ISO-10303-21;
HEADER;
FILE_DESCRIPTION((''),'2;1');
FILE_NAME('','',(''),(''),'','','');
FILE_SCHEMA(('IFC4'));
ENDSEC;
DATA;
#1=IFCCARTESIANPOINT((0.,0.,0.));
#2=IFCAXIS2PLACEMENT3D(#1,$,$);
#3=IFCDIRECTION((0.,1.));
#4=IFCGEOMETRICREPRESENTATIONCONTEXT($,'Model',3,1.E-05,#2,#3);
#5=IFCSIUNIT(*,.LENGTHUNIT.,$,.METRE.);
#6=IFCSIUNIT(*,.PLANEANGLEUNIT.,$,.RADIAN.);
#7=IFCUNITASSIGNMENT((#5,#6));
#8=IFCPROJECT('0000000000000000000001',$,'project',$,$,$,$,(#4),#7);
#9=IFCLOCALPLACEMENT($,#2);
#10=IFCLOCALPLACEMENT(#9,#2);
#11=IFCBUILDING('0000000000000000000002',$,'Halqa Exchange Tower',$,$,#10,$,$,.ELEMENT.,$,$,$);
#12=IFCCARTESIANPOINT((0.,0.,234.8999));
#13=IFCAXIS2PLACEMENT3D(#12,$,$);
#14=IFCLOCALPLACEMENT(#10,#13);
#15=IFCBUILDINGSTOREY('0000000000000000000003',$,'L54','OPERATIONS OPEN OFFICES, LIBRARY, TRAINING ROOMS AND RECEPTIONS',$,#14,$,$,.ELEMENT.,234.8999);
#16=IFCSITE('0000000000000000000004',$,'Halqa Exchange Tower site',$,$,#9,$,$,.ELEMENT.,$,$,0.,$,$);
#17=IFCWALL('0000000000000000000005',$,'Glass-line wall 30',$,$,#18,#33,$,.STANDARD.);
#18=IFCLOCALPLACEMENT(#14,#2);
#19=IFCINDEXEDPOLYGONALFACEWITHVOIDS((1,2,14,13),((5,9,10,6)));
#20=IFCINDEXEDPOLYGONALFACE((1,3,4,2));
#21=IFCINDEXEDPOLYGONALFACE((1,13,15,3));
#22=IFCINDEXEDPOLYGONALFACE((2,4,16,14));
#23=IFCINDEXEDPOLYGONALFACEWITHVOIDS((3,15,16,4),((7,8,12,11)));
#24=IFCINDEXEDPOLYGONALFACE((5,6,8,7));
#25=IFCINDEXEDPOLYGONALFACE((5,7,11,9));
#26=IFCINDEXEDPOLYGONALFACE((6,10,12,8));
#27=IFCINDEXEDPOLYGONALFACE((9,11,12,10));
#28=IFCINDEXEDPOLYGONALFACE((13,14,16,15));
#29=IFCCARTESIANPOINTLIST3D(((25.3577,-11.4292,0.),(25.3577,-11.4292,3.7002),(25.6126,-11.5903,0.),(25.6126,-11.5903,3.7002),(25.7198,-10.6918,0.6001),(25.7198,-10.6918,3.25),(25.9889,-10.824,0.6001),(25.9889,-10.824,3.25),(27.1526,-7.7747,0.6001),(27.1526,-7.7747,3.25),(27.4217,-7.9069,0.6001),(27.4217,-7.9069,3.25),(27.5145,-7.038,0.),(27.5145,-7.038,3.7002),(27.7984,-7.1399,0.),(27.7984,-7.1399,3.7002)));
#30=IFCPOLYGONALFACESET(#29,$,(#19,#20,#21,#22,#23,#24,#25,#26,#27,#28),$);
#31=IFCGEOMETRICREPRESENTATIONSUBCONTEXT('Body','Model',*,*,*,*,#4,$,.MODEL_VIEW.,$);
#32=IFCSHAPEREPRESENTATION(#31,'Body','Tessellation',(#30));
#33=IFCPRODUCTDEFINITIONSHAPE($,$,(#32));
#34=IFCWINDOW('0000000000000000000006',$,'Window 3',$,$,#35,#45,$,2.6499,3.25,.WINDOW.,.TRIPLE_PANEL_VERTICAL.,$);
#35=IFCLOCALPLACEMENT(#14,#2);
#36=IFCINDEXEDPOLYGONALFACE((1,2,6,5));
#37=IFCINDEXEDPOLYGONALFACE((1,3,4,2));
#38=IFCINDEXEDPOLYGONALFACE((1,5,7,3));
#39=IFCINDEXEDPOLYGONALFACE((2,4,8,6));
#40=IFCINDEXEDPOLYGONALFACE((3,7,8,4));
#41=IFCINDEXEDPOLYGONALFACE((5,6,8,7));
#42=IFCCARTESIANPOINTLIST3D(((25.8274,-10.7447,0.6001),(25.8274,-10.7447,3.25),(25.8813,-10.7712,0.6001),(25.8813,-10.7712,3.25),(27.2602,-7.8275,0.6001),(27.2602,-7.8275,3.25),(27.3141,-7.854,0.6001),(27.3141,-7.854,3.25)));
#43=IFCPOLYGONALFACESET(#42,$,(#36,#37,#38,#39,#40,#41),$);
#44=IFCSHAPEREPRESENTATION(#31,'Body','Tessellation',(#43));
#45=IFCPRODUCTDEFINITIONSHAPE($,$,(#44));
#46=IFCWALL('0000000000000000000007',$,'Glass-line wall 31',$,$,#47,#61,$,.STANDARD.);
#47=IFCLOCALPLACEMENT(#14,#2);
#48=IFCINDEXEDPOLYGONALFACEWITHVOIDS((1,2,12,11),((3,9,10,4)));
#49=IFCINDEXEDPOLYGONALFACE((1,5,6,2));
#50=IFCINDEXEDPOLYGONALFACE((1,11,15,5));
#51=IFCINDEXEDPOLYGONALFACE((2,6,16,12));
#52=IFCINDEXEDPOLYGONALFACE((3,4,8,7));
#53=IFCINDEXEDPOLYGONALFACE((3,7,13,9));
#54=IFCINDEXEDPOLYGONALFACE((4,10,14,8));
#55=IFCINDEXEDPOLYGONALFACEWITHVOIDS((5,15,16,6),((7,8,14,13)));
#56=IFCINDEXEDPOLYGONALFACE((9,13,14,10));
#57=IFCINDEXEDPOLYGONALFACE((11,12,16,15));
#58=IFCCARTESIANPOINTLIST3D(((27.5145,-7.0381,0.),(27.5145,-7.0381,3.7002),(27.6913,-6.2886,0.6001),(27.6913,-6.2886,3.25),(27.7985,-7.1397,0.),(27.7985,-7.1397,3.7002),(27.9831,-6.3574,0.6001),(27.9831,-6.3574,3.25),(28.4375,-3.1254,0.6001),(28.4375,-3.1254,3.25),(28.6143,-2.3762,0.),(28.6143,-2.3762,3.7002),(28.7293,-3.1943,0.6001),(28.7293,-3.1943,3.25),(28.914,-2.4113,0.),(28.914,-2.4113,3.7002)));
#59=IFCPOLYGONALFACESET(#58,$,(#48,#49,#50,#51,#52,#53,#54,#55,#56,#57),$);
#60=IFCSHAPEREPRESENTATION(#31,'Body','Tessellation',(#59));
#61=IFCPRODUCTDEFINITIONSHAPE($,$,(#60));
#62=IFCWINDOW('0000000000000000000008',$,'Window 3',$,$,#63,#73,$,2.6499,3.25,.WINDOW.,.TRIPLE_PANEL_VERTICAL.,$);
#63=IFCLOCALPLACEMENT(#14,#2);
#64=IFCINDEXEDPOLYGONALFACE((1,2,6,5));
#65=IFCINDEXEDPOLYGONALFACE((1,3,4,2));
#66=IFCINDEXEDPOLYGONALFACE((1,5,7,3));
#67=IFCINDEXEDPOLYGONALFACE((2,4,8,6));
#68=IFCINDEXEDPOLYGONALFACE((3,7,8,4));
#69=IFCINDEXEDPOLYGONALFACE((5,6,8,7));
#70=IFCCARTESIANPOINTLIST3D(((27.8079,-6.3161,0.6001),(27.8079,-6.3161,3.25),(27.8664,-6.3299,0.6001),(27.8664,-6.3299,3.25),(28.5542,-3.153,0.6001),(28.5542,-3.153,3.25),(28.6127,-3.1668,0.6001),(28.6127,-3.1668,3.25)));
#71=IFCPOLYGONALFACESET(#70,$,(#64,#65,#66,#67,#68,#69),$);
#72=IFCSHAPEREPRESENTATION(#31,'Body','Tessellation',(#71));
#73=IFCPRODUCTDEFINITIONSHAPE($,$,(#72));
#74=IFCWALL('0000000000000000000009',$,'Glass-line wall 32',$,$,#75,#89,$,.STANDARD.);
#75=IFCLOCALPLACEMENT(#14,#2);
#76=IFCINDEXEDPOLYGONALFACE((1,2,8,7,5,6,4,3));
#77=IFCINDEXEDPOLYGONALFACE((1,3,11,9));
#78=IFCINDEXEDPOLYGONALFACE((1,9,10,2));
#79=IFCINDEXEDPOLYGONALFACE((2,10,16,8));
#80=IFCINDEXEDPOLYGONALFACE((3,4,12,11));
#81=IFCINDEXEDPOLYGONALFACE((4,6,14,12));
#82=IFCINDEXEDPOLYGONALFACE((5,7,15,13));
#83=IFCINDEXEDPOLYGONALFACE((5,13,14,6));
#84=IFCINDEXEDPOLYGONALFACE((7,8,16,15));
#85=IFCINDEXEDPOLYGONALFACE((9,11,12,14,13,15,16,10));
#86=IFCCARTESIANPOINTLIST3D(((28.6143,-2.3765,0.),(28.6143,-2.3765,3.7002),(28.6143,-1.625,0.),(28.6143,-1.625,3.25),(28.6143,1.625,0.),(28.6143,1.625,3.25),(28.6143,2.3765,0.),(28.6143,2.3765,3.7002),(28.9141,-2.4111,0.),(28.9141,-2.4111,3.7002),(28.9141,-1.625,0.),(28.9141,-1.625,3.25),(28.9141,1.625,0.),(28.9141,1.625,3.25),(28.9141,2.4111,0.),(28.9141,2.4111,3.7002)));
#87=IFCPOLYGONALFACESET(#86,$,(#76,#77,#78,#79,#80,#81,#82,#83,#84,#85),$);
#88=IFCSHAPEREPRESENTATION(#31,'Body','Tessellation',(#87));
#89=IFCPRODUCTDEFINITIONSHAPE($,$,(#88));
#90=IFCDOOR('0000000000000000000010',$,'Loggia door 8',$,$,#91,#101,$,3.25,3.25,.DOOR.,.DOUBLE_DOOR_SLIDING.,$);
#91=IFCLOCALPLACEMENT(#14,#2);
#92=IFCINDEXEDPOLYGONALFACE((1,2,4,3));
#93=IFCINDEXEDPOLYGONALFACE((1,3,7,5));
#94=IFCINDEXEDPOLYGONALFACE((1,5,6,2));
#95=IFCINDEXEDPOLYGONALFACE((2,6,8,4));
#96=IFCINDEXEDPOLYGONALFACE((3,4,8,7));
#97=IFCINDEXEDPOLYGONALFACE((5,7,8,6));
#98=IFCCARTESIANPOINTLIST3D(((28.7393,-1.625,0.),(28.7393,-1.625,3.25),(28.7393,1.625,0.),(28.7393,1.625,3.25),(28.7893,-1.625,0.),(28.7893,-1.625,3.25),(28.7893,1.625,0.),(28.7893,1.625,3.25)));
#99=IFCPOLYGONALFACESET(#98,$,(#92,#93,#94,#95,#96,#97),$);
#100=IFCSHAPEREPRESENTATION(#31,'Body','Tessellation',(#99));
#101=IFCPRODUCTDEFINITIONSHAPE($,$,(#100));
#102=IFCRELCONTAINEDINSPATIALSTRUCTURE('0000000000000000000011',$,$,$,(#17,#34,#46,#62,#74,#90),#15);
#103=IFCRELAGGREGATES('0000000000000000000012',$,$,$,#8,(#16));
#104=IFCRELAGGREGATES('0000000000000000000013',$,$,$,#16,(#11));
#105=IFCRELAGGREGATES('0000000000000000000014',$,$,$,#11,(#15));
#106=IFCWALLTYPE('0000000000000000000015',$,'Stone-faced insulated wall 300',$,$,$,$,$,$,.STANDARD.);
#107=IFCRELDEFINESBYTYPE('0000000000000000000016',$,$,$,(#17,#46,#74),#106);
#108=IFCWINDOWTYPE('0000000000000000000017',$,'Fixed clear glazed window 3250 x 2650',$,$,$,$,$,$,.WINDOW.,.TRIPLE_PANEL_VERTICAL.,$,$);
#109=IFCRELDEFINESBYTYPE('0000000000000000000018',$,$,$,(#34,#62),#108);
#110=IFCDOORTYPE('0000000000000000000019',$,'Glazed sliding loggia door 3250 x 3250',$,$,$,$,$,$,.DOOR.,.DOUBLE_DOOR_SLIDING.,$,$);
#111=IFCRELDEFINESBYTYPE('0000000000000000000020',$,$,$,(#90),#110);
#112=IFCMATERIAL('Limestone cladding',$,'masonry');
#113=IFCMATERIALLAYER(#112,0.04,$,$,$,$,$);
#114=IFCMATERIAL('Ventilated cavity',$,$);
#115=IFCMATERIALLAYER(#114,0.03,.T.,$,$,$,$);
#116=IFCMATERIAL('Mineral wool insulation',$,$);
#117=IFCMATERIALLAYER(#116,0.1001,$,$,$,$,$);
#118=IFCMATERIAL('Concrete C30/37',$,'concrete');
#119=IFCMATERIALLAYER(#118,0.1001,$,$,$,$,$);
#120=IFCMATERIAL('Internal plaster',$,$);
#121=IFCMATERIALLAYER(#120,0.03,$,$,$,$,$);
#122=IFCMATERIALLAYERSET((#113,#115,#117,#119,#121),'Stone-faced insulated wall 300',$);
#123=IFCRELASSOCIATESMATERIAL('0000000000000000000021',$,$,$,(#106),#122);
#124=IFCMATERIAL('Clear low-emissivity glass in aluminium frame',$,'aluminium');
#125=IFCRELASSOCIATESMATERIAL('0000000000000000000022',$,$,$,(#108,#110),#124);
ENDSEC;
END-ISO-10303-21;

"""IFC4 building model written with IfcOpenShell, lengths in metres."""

from ifc_helpers import new_model, si_unit, direction, frame, frame_2d, origin, place, context, subcontext, project, spatial, polyline, rectangle, outline, extrude, material, layer, layer_set, type_object, element, fill, save


model = new_model("IFC4")

# Units and contexts
model_context = context("Model", 3, precision=1e-05, world=origin(), true_north=direction((0.0, 1.0)))
body_context = subcontext(model_context, "Body", "Model", "MODEL_VIEW")
ifc_project = project(units=[si_unit("LENGTHUNIT", "METRE"), si_unit("PLANEANGLEUNIT", "RADIAN")], contexts=[model_context])

# Site, building, storey
site_placement = place(None, origin())
site = spatial("IfcSite", under=ifc_project, at=site_placement, Name="Halqa Exchange Tower site", CompositionType="ELEMENT", RefElevation=0.0)
building_placement = place(site_placement, origin())
building = spatial("IfcBuilding", under=site, at=building_placement, Name="Halqa Exchange Tower", CompositionType="ELEMENT")
storey_placement = place(building_placement, frame((0.0, 0.0, 234.8999)))
storey = spatial("IfcBuildingStorey", under=building, at=storey_placement, Name="L54", Description="OPERATIONS OPEN OFFICES, LIBRARY, TRAINING ROOMS AND RECEPTIONS", CompositionType="ELEMENT", Elevation=234.8999)

# Walls, openings, windows
ifc_material_1 = material(Name="Limestone cladding", Category="masonry")
ifc_layer_1 = layer(ifc_material_1, 0.04)
ifc_material_2 = material(Name="Ventilated cavity")
ifc_layer_2 = layer(ifc_material_2, 0.03, ventilated=True)
ifc_material_3 = material(Name="Mineral wool insulation")
ifc_layer_3 = layer(ifc_material_3, 0.1001)
ifc_material_4 = material(Name="Concrete C30/37", Category="concrete")
ifc_layer_4 = layer(ifc_material_4, 0.1001)
ifc_material_5 = material(Name="Internal plaster")
ifc_layer_5 = layer(ifc_material_5, 0.03)
ifc_layer_set_1 = layer_set([ifc_layer_1, ifc_layer_2, ifc_layer_3, ifc_layer_4, ifc_layer_5], Name="Stone-faced insulated wall 300")
wall_type_1 = type_object("IfcWallType", Name="Stone-faced insulated wall 300", PredefinedType="STANDARD", material=ifc_layer_set_1)
wall_1_placement = place(storey_placement, frame((25.4851, -11.5098, 0.0), z_axis=(0.0, 0.0, 1.0), x_axis=(0.440858, 0.897577, 0.0)))
wall_1 = element("IfcWall", 1, at=wall_1_placement, inside=storey, type_object=wall_type_1, Name="Glass-line wall 30", PredefinedType="STANDARD", context=body_context, shape_type="SweptSolid", body=[
    extrude(outline(polyline([(-0.0161, -0.1499), (4.9421, -0.1499), (4.9084, 0.1499), (0.0161, 0.1499), (-0.0161, -0.1499)])), origin(), (0.0, 0.0, 1.0), 3.7002),
])
opening_1_placement = place(wall_1_placement, frame((0.8376, 0.0, 0.6001)))
opening_1 = element("IfcOpeningElement", 2, at=opening_1_placement, cuts=wall_1, PredefinedType="OPENING", context=body_context, shape_type="SweptSolid", body=[
    extrude(rectangle(XDim=3.25, YDim=2.6499, at=frame_2d((1.625, 1.325))), frame((0.0, 0.1621, 0.0), z_axis=(0.0, -1.0, 0.0), x_axis=(1.0, 0.0, 0.0)), (0.0, 0.0, 1.0), 0.324),
])
ifc_material_6 = material(Name="Clear low-emissivity glass in aluminium frame", Category="aluminium")
window_type = type_object("IfcWindowType", Name="Fixed clear glazed window 3250 x 2650", PartitioningType="TRIPLE_PANEL_VERTICAL", PredefinedType="WINDOW", material=ifc_material_6)
window_1_placement = place(opening_1_placement, origin())
window_1 = element("IfcWindow", 3, at=window_1_placement, inside=storey, type_object=window_type, Name="Window 3", OverallHeight=2.6499, OverallWidth=3.25, PartitioningType="TRIPLE_PANEL_VERTICAL", PredefinedType="WINDOW", context=body_context, shape_type="SweptSolid", body=[
    extrude(rectangle(XDim=3.25, YDim=2.6499, at=frame_2d((1.625, 1.325))), frame((0.0, 0.03, 0.0), z_axis=(0.0, -1.0, 0.0), x_axis=(1.0, 0.0, 0.0)), (0.0, 0.0, 1.0), 0.0601),
])
fill(opening_1, window_1)
wall_2_placement = place(storey_placement, frame((27.6565, -7.0889, 0.0), z_axis=(0.0, 0.0, 1.0), x_axis=(0.229618, 0.973281, 0.0)))
wall_2 = element("IfcWall", 4, at=wall_2_placement, inside=storey, type_object=wall_type_1, Name="Glass-line wall 31", PredefinedType="STANDARD", context=body_context, shape_type="SweptSolid", body=[
    extrude(outline(polyline([(-0.0168, -0.1499), (4.8413, -0.1499), (4.8066, 0.1499), (0.0168, 0.1499), (-0.0168, -0.1499)])), origin(), (0.0, 0.0, 1.0), 3.7002),
])
opening_2_placement = place(wall_2_placement, frame((0.7869, 0.0, 0.6001)))
opening_2 = element("IfcOpeningElement", 5, at=opening_2_placement, cuts=wall_2, PredefinedType="OPENING", context=body_context, shape_type="SweptSolid", body=[
    extrude(rectangle(XDim=3.25, YDim=2.6499, at=frame_2d((1.625, 1.325))), frame((0.0, 0.1621, 0.0), z_axis=(0.0, -1.0, 0.0), x_axis=(1.0, 0.0, 0.0)), (0.0, 0.0, 1.0), 0.324),
])
window_2_placement = place(opening_2_placement, origin())
window_2 = element("IfcWindow", 6, at=window_2_placement, inside=storey, type_object=window_type, Name="Window 3", OverallHeight=2.6499, OverallWidth=3.25, PartitioningType="TRIPLE_PANEL_VERTICAL", PredefinedType="WINDOW", context=body_context, shape_type="SweptSolid", body=[
    extrude(rectangle(XDim=3.25, YDim=2.6499, at=frame_2d((1.625, 1.325))), frame((0.0, 0.03, 0.0), z_axis=(0.0, -1.0, 0.0), x_axis=(1.0, 0.0, 0.0)), (0.0, 0.0, 1.0), 0.0601),
])
fill(opening_2, window_2)

# Wall, opening, door
wall_3_placement = place(storey_placement, frame((28.7642, -2.3938, 0.0), z_axis=(0.0, 0.0, 1.0), x_axis=(0.0, 1.0, 0.0)))
wall_3 = element("IfcWall", 7, at=wall_3_placement, inside=storey, type_object=wall_type_1, Name="Glass-line wall 32", PredefinedType="STANDARD", context=body_context, shape_type="SweptSolid", body=[
    extrude(outline(polyline([(-0.0173, -0.1499), (4.8049, -0.1499), (4.7703, 0.1499), (0.0173, 0.1499), (-0.0173, -0.1499)])), origin(), (0.0, 0.0, 1.0), 3.7002),
])
opening_3_placement = place(wall_3_placement, frame((0.7688, 0.0, 0.0)))
opening_3 = element("IfcOpeningElement", 8, at=opening_3_placement, cuts=wall_3, PredefinedType="OPENING", context=body_context, shape_type="SweptSolid", body=[
    extrude(rectangle(XDim=3.25, YDim=3.25, at=frame_2d((1.625, 1.625))), frame((0.0, 0.1621, 0.0), z_axis=(0.0, -1.0, 0.0), x_axis=(1.0, 0.0, 0.0)), (0.0, 0.0, 1.0), 0.324),
])
door_type_1 = type_object("IfcDoorType", Name="Glazed sliding loggia door 3250 x 3250", OperationType="DOUBLE_DOOR_SLIDING", PredefinedType="DOOR", material=ifc_material_6)
door_1_placement = place(opening_3_placement, origin())
door_1 = element("IfcDoor", 9, at=door_1_placement, inside=storey, type_object=door_type_1, Name="Loggia door 8", OperationType="DOUBLE_DOOR_SLIDING", OverallHeight=3.25, OverallWidth=3.25, PredefinedType="DOOR", context=body_context, shape_type="SweptSolid", body=[
    extrude(rectangle(XDim=3.25, YDim=3.25, at=frame_2d((1.625, 1.625))), frame((0.0, 0.0249, 0.0), z_axis=(0.0, -1.0, 0.0), x_axis=(1.0, 0.0, 0.0)), (0.0, 0.0, 1.0), 0.05),
])
fill(opening_3, door_1)

save(model, "model.ifc")
